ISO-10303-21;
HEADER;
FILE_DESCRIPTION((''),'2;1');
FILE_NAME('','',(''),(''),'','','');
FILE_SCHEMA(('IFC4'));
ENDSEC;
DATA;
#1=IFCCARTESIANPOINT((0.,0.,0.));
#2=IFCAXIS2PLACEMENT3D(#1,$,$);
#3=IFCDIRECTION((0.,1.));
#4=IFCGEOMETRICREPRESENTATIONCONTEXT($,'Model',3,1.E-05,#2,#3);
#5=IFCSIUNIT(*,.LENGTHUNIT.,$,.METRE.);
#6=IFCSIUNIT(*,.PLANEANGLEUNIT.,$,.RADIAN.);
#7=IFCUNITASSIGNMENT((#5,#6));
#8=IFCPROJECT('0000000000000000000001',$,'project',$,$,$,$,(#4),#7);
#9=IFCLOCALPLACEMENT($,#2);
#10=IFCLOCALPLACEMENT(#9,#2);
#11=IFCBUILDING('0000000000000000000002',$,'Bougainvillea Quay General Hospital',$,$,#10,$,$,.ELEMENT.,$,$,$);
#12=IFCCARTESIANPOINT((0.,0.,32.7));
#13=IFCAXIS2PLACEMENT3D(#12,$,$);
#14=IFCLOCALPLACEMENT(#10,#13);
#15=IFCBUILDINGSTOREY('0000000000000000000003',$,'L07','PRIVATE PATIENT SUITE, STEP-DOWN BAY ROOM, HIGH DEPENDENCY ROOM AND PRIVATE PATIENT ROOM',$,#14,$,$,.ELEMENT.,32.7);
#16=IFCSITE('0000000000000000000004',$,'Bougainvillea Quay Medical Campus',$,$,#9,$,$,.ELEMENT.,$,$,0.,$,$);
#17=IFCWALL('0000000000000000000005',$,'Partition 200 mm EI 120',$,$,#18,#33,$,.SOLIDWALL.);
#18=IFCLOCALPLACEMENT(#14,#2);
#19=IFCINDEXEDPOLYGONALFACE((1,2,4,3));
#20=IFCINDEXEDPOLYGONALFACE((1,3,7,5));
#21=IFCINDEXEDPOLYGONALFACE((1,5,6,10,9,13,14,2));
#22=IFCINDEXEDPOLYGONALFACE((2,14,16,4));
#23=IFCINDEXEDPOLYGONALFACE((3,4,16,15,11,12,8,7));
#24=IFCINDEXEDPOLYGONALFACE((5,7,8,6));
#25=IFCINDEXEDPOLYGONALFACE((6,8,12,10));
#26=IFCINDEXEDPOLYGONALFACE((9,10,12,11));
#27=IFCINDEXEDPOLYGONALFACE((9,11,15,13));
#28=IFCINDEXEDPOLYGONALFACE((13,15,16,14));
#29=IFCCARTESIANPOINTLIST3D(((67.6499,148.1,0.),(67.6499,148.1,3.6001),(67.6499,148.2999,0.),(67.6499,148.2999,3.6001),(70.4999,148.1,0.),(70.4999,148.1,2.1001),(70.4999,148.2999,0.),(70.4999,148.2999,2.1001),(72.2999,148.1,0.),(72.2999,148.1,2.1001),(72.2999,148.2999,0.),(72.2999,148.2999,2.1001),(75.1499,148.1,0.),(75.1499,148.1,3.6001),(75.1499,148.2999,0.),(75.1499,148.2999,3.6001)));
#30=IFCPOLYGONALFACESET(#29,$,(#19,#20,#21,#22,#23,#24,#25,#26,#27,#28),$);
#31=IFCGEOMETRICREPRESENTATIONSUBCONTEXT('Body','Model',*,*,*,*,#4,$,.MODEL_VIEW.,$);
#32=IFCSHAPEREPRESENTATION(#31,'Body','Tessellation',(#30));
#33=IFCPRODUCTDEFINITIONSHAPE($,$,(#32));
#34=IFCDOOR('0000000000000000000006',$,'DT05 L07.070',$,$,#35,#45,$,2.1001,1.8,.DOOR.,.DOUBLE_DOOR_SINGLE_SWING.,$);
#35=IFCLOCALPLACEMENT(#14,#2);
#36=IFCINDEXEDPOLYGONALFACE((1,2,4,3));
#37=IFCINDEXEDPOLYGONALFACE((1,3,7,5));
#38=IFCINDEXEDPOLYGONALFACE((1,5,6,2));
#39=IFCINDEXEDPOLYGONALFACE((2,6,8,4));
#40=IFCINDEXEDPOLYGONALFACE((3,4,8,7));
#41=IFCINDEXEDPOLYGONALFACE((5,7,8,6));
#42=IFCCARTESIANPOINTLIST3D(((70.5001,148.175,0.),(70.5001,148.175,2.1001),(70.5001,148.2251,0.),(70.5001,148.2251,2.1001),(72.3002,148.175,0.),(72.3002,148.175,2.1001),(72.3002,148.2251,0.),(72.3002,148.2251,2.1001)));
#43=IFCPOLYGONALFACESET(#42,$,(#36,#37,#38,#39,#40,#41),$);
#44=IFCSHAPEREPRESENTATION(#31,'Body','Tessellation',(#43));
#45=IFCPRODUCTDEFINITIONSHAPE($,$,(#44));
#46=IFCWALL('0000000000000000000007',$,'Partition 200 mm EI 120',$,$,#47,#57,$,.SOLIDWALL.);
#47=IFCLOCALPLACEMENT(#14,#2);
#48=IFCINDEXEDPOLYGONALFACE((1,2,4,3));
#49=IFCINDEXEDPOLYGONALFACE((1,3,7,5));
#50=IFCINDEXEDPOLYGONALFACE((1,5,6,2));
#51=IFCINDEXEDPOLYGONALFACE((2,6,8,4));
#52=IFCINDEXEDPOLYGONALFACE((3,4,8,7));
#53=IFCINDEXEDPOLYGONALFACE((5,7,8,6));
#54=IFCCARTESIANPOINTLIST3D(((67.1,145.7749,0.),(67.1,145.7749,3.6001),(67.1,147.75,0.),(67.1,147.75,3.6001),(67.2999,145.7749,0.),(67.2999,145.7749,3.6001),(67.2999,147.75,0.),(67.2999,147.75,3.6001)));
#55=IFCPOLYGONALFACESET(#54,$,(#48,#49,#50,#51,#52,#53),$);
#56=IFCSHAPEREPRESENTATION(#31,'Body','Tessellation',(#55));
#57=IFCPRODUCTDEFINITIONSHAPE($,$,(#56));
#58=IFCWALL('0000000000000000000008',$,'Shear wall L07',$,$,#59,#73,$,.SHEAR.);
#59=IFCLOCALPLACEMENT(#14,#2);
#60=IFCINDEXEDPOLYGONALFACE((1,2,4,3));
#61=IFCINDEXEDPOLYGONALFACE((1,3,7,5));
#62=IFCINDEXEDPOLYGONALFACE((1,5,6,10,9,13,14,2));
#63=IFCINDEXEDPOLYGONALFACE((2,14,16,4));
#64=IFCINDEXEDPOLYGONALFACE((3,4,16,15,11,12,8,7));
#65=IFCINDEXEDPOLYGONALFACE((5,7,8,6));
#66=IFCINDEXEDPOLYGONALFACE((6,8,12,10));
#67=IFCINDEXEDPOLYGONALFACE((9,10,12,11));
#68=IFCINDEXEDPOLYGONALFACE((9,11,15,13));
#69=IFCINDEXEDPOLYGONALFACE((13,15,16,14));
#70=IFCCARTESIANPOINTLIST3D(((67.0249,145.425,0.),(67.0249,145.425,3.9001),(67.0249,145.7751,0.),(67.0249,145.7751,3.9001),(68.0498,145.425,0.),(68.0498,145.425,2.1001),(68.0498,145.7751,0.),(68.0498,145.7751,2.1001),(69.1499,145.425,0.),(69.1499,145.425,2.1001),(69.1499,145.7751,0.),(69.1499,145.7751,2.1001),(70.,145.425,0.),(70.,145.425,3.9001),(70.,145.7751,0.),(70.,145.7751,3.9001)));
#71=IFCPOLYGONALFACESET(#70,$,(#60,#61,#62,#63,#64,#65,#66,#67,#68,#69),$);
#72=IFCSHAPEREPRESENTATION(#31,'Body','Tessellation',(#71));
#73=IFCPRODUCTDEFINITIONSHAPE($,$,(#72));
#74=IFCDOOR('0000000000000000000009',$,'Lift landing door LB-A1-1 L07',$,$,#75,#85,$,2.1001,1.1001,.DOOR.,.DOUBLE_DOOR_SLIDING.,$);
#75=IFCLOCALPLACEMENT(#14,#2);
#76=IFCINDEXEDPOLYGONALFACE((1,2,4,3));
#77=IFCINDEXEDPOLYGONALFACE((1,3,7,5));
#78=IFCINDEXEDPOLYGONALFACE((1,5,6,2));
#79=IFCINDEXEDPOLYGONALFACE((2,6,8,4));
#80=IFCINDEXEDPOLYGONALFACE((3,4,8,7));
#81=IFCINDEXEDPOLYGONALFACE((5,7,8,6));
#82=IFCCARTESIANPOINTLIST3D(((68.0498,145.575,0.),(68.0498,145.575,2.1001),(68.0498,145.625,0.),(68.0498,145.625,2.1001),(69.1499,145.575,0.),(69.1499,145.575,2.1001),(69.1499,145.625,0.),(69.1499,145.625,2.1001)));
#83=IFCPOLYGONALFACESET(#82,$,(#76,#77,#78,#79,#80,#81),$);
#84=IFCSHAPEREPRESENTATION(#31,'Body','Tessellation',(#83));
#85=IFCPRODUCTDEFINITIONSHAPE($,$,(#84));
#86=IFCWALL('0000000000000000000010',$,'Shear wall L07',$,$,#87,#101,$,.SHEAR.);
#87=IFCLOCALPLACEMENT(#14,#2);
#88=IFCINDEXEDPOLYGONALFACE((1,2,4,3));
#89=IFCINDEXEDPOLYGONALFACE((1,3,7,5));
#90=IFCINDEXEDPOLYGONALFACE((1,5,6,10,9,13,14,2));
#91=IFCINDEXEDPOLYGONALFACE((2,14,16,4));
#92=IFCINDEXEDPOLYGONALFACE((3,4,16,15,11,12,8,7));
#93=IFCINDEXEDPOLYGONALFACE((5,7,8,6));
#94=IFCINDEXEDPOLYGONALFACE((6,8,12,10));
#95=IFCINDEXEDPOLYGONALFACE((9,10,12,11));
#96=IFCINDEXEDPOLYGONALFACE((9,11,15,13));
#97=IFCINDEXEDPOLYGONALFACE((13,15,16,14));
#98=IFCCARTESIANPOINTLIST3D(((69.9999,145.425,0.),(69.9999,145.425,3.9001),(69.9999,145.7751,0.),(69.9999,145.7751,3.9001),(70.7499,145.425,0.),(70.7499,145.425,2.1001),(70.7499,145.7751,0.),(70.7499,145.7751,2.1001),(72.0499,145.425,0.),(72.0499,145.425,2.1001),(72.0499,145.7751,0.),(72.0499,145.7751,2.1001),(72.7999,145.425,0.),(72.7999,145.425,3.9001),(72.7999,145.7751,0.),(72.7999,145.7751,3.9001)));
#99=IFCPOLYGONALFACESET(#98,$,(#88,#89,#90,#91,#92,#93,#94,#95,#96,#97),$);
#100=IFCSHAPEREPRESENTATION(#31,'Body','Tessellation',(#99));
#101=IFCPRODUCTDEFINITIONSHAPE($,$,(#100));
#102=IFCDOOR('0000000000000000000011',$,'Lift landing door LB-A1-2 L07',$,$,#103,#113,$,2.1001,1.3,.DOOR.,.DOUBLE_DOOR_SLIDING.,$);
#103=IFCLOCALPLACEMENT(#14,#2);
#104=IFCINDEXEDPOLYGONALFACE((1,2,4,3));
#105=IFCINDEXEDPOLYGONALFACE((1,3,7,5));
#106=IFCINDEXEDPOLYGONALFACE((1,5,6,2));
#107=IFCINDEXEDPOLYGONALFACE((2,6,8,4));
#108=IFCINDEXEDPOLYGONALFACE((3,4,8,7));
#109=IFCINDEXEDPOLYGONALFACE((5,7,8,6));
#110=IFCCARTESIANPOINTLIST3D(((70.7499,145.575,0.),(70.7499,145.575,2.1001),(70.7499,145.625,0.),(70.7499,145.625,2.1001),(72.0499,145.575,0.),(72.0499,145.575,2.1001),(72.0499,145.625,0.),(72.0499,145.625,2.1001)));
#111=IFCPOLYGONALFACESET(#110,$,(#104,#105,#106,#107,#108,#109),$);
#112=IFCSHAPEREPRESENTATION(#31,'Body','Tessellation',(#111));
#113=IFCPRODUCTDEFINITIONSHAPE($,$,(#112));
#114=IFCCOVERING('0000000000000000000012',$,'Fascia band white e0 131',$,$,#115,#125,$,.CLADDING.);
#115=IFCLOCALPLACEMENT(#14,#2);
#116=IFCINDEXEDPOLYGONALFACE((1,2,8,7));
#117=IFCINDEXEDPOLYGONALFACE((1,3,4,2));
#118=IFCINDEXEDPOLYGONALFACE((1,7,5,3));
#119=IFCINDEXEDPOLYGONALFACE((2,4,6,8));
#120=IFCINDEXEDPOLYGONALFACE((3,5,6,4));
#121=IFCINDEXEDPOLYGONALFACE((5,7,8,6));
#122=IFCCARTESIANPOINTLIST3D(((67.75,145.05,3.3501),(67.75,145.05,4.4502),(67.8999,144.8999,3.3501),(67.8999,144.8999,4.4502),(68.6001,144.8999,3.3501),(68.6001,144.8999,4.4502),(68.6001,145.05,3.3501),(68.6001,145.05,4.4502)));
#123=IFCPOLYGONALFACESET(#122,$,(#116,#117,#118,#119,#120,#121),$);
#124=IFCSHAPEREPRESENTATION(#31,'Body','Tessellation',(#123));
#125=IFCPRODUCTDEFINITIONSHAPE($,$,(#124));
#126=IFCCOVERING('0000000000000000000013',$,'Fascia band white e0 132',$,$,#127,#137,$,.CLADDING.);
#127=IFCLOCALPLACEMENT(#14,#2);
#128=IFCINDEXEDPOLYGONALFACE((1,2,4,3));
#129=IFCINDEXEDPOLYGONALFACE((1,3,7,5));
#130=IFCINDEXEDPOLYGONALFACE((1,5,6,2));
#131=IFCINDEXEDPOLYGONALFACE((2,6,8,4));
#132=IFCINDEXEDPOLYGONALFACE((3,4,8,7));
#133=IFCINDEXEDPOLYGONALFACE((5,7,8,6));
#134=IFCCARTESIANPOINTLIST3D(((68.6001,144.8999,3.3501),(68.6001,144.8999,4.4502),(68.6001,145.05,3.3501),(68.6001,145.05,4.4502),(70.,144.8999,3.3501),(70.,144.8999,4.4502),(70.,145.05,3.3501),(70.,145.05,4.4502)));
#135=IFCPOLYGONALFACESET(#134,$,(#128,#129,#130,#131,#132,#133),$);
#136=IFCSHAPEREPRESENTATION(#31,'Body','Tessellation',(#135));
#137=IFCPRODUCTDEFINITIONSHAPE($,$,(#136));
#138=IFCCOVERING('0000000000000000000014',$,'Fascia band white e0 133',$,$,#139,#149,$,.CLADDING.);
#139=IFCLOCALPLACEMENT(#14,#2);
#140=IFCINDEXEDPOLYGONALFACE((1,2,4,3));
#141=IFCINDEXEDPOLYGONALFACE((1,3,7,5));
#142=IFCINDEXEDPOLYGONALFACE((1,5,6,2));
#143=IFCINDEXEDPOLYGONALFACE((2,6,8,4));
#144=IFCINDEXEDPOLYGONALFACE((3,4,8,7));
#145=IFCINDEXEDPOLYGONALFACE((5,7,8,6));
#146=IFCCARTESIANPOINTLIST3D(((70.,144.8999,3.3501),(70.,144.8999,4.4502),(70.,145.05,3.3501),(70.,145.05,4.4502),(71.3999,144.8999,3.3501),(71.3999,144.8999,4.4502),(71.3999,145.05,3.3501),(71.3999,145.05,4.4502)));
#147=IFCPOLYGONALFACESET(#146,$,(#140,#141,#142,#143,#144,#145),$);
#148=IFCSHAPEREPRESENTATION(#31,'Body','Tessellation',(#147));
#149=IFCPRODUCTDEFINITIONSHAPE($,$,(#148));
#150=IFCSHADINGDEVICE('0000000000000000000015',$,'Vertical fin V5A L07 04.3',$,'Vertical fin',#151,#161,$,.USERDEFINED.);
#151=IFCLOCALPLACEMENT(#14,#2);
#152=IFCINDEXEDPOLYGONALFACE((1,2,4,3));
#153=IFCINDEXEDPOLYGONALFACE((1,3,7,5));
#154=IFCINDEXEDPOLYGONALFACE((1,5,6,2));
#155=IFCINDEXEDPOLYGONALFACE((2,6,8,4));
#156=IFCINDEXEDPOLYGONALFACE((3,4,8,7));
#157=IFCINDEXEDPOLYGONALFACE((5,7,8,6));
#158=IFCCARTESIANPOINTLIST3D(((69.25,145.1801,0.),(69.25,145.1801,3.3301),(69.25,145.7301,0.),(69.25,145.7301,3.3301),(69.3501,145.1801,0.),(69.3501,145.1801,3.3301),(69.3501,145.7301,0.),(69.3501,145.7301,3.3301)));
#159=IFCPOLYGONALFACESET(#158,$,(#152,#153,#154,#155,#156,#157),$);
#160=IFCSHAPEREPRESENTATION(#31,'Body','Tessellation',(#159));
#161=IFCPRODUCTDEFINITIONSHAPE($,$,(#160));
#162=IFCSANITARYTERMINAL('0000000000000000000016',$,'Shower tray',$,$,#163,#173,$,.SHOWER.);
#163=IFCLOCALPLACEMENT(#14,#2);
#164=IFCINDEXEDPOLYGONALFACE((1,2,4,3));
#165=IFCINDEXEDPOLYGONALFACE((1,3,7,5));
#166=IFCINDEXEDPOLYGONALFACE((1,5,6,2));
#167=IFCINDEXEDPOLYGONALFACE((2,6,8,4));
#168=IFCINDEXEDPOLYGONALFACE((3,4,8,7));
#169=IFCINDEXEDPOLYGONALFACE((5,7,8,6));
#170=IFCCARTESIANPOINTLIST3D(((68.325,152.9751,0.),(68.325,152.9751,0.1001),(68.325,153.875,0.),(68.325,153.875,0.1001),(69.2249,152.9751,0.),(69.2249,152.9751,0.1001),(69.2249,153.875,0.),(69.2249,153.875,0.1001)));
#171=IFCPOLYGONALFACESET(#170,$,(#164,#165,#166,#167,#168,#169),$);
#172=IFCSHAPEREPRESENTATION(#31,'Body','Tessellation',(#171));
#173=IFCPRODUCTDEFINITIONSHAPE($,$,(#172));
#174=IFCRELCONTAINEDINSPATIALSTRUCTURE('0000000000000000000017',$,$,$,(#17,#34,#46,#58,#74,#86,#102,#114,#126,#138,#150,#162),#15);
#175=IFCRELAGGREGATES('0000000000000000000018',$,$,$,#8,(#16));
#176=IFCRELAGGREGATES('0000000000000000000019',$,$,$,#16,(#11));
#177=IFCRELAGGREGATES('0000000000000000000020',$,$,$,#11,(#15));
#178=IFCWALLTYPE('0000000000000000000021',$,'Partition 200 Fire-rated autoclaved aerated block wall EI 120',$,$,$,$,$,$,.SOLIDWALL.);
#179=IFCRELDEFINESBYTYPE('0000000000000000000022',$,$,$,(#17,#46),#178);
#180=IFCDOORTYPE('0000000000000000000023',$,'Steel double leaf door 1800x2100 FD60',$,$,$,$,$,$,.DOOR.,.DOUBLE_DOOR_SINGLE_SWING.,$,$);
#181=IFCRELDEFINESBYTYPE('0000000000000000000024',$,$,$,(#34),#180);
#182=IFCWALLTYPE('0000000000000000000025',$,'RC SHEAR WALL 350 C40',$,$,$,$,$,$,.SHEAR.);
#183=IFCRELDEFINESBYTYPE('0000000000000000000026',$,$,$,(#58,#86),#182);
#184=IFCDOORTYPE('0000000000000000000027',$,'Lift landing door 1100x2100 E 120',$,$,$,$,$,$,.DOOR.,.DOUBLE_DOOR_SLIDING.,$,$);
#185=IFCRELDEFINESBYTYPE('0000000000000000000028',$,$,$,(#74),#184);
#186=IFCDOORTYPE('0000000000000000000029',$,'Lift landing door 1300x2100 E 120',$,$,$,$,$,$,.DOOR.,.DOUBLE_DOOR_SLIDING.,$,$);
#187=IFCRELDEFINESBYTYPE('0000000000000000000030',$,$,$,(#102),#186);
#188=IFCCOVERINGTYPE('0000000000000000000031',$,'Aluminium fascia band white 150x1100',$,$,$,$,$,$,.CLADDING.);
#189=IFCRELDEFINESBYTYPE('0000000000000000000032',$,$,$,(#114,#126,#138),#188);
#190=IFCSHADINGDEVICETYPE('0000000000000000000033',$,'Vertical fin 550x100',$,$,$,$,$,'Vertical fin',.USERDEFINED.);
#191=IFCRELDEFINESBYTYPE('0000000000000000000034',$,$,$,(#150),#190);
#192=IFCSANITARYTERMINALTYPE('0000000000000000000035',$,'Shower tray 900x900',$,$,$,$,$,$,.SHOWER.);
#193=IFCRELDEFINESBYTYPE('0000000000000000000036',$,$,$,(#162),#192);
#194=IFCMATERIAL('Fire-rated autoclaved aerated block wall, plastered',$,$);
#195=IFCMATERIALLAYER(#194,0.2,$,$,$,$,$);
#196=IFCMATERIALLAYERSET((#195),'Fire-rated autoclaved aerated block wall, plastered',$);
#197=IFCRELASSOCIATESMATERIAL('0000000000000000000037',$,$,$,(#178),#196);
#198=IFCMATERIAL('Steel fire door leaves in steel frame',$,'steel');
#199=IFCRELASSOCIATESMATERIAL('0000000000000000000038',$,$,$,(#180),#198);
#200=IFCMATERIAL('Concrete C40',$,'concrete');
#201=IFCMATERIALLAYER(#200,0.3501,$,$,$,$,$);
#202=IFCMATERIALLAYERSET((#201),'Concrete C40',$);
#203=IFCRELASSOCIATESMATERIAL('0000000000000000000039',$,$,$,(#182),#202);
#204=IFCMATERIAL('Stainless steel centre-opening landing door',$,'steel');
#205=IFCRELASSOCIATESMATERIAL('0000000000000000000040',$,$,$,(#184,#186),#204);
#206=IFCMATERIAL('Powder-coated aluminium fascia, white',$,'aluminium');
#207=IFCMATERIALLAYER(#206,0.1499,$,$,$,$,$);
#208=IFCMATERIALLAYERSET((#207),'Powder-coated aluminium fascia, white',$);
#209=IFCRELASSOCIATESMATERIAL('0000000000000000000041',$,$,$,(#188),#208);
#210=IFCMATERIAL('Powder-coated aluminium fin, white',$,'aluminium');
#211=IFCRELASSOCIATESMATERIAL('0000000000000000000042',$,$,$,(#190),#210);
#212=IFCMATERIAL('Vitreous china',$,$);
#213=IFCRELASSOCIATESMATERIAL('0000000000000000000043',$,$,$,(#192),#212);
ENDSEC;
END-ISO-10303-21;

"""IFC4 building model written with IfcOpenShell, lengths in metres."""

from ifc_helpers import new_model, si_unit, direction, frame, frame_2d, origin, origin_2d, place, context, subcontext, project, spatial, polyline, rectangle, outline, extrude, material, layer, layer_set, material_profile, profile_set, type_object, element, fill, save


model = new_model("IFC4")

# Units and contexts
model_context = context("Model", 3, precision=1e-05, world=origin(), true_north=direction((0.0, 1.0)))
body_context = subcontext(model_context, "Body", "Model", "MODEL_VIEW")
ifc_project = project(units=[si_unit("LENGTHUNIT", "METRE"), si_unit("PLANEANGLEUNIT", "RADIAN")], contexts=[model_context])

# Site, building, storey
site_placement = place(None, origin())
site = spatial("IfcSite", under=ifc_project, at=site_placement, Name="Bougainvillea Quay Medical Campus", CompositionType="ELEMENT", RefElevation=0.0)
building_placement = place(site_placement, origin())
building = spatial("IfcBuilding", under=site, at=building_placement, Name="Bougainvillea Quay General Hospital", CompositionType="ELEMENT")
storey_placement = place(building_placement, frame((0.0, 0.0, 32.7)))
storey = spatial("IfcBuildingStorey", under=building, at=storey_placement, Name="L07", Description="PRIVATE PATIENT SUITE, STEP-DOWN BAY ROOM, HIGH DEPENDENCY ROOM AND PRIVATE PATIENT ROOM", CompositionType="ELEMENT", Elevation=32.7)

# Shared definitions
ifc_material_1 = material(Name="Concrete C40", Category="concrete")

# Wall, opening, door
ifc_material_2 = material(Name="Fire-rated autoclaved aerated block wall, plastered")
ifc_layer_1 = layer(ifc_material_2, 0.2)
ifc_layer_set_1 = layer_set([ifc_layer_1], Name="Fire-rated autoclaved aerated block wall, plastered")
wall_type_1 = type_object("IfcWallType", Name="Partition 200 Fire-rated autoclaved aerated block wall EI 120", PredefinedType="SOLIDWALL", material=ifc_layer_set_1)
wall_1_placement = place(storey_placement, frame((67.6499, 148.2, 0.0), z_axis=(0.0, 0.0, 1.0), x_axis=(1.0, 0.0, 0.0)))
wall_1 = element("IfcWall", 1, at=wall_1_placement, inside=storey, type_object=wall_type_1, Name="Partition 200 mm EI 120", PredefinedType="SOLIDWALL", context=body_context, shape_type="SweptSolid", body=[
    extrude(rectangle(XDim=7.5, YDim=0.2, at=frame_2d((3.75, 0.0))), origin(), (0.0, 0.0, 1.0), 3.6001),
])
opening_1_placement = place(wall_1_placement, frame((2.8501, 0.0, 0.0)))
opening_1 = element("IfcOpeningElement", 2, at=opening_1_placement, cuts=wall_1, PredefinedType="OPENING", context=body_context, shape_type="SweptSolid", body=[
    extrude(rectangle(XDim=1.8, YDim=2.1001, at=frame_2d((0.8999, 1.05))), frame((0.0, 0.1099, 0.0), z_axis=(0.0, -1.0, 0.0), x_axis=(1.0, 0.0, 0.0)), (0.0, 0.0, 1.0), 0.22),
])
ifc_material_3 = material(Name="Steel fire door leaves in steel frame", Category="steel")
door_type_1 = type_object("IfcDoorType", Name="Steel double leaf door 1800x2100 FD60", OperationType="DOUBLE_DOOR_SINGLE_SWING", PredefinedType="DOOR", material=ifc_material_3)
door_1_placement = place(opening_1_placement, frame((1.8, 0.0, 0.0), z_axis=(0.0, 0.0, 1.0), x_axis=(-1.0, 0.0, 0.0)))
door_1 = element("IfcDoor", 3, at=door_1_placement, inside=storey, type_object=door_type_1, Name="DT05 L07.070", OperationType="DOUBLE_DOOR_SINGLE_SWING", OverallHeight=2.1001, OverallWidth=1.8, PredefinedType="DOOR", context=body_context, shape_type="SweptSolid", body=[
    extrude(rectangle(XDim=1.8, YDim=2.1001, at=frame_2d((0.8999, 1.05))), frame((0.0, 0.0249, 0.0), z_axis=(0.0, -1.0, 0.0), x_axis=(1.0, 0.0, 0.0)), (0.0, 0.0, 1.0), 0.05),
])
fill(opening_1, door_1)

# Wall
wall_2_placement = place(storey_placement, frame((67.2, 145.7749, 0.0), z_axis=(0.0, 0.0, 1.0), x_axis=(0.0, 1.0, 0.0)))
element("IfcWall", 4, at=wall_2_placement, inside=storey, type_object=wall_type_1, Name="Partition 200 mm EI 120", PredefinedType="SOLIDWALL", context=body_context, shape_type="SweptSolid", body=[
    extrude(rectangle(XDim=1.9751, YDim=0.2, at=frame_2d((0.9875, 0.0))), origin(), (0.0, 0.0, 1.0), 3.6001),
])

# Walls, openings, doors
ifc_layer_2 = layer(ifc_material_1, 0.3501)
ifc_layer_set_2 = layer_set([ifc_layer_2], Name="Concrete C40")
wall_type_2 = type_object("IfcWallType", Name="RC SHEAR WALL 350 C40", PredefinedType="SHEAR", material=ifc_layer_set_2)
wall_3_placement = place(storey_placement, frame((67.0249, 145.6001, 0.0), z_axis=(0.0, 0.0, 1.0), x_axis=(1.0, 0.0, 0.0)))
wall_3 = element("IfcWall", 5, at=wall_3_placement, inside=storey, type_object=wall_type_2, Name="Shear wall L07", PredefinedType="SHEAR", context=body_context, shape_type="SweptSolid", body=[
    extrude(rectangle(XDim=2.9751, YDim=0.3501, at=frame_2d((1.4875, 0.0))), origin(), (0.0, 0.0, 1.0), 3.9001),
])
opening_2_placement = place(wall_3_placement, frame((1.0249, 0.0, 0.0)))
opening_2 = element("IfcOpeningElement", 6, at=opening_2_placement, cuts=wall_3, PredefinedType="OPENING", context=body_context, shape_type="SweptSolid", body=[
    extrude(rectangle(XDim=1.1001, YDim=2.1001, at=frame_2d((0.55, 1.05))), frame((0.0, 0.1851, 0.0), z_axis=(0.0, -1.0, 0.0), x_axis=(1.0, 0.0, 0.0)), (0.0, 0.0, 1.0), 0.3701),
])
ifc_material_4 = material(Name="Stainless steel centre-opening landing door", Category="steel")
door_type_2 = type_object("IfcDoorType", Name="Lift landing door 1100x2100 E 120", OperationType="DOUBLE_DOOR_SLIDING", PredefinedType="DOOR", material=ifc_material_4)
door_2_placement = place(opening_2_placement, origin())
door_2 = element("IfcDoor", 7, at=door_2_placement, inside=storey, type_object=door_type_2, Name="Lift landing door LB-A1-1 L07", OperationType="DOUBLE_DOOR_SLIDING", OverallHeight=2.1001, OverallWidth=1.1001, PredefinedType="DOOR", context=body_context, shape_type="SweptSolid", body=[
    extrude(rectangle(XDim=1.1001, YDim=2.1001, at=frame_2d((0.55, 1.05))), frame((0.0, 0.0249, 0.0), z_axis=(0.0, -1.0, 0.0), x_axis=(1.0, 0.0, 0.0)), (0.0, 0.0, 1.0), 0.05),
])
fill(opening_2, door_2)
wall_4_placement = place(storey_placement, frame((70.0, 145.6001, 0.0), z_axis=(0.0, 0.0, 1.0), x_axis=(1.0, 0.0, 0.0)))
wall_4 = element("IfcWall", 8, at=wall_4_placement, inside=storey, type_object=wall_type_2, Name="Shear wall L07", PredefinedType="SHEAR", context=body_context, shape_type="SweptSolid", body=[
    extrude(rectangle(XDim=2.8, YDim=0.3501, at=frame_2d((1.3999, 0.0))), origin(), (0.0, 0.0, 1.0), 3.9001),
])
opening_3_placement = place(wall_4_placement, frame((0.75, 0.0, 0.0)))
opening_3 = element("IfcOpeningElement", 9, at=opening_3_placement, cuts=wall_4, PredefinedType="OPENING", context=body_context, shape_type="SweptSolid", body=[
    extrude(rectangle(XDim=1.3, YDim=2.1001, at=frame_2d((0.6499, 1.05))), frame((0.0, 0.1851, 0.0), z_axis=(0.0, -1.0, 0.0), x_axis=(1.0, 0.0, 0.0)), (0.0, 0.0, 1.0), 0.3701),
])
door_type_3 = type_object("IfcDoorType", Name="Lift landing door 1300x2100 E 120", OperationType="DOUBLE_DOOR_SLIDING", PredefinedType="DOOR", material=ifc_material_4)
door_3_placement = place(opening_3_placement, origin())
door_3 = element("IfcDoor", 10, at=door_3_placement, inside=storey, type_object=door_type_3, Name="Lift landing door LB-A1-2 L07", OperationType="DOUBLE_DOOR_SLIDING", OverallHeight=2.1001, OverallWidth=1.3, PredefinedType="DOOR", context=body_context, shape_type="SweptSolid", body=[
    extrude(rectangle(XDim=1.3, YDim=2.1001, at=frame_2d((0.6499, 1.05))), frame((0.0, 0.0249, 0.0), z_axis=(0.0, -1.0, 0.0), x_axis=(1.0, 0.0, 0.0)), (0.0, 0.0, 1.0), 0.05),
])
fill(opening_3, door_3)

# Coverings
ifc_material_5 = material(Name="Powder-coated aluminium fascia, white", Category="aluminium")
ifc_layer_3 = layer(ifc_material_5, 0.1499)
ifc_layer_set_3 = layer_set([ifc_layer_3], Name="Powder-coated aluminium fascia, white")
covering_type = type_object("IfcCoveringType", Name="Aluminium fascia band white 150x1100", PredefinedType="CLADDING", material=ifc_layer_set_3)
covering_placement = place(storey_placement, frame((67.75, 145.05, 3.3501), z_axis=(0.0, 0.0, 1.0), x_axis=(1.0, 0.0, 0.0)))
element("IfcCovering", 11, at=covering_placement, inside=storey, type_object=covering_type, Name="Fascia band white e0 131", PredefinedType="CLADDING", context=body_context, shape_type="SweptSolid", body=[
    extrude(outline(polyline([(0.0, 0.0), (0.8501, 0.0), (0.8501, -0.1501), (0.1499, -0.1501), (0.0, 0.0)])), origin(), (0.0, 0.0, 1.0), 1.1001),
])
for number, where, z_axis, x_axis, name in (
    (12, (68.6001, 145.05, 3.3501), (0.0, 0.0, 1.0), (1.0, 0.0, 0.0), "Fascia band white e0 132"),
    (13, (70.0, 145.05, 3.3501), (0.0, 0.0, 1.0), (1.0, 0.0, 0.0), "Fascia band white e0 133"),
):
    element("IfcCovering", number, at=place(storey_placement, frame(where, z_axis=z_axis, x_axis=x_axis)), inside=storey, type_object=covering_type, Name=name, PredefinedType="CLADDING", context=body_context, shape_type="SweptSolid", body=[
        extrude(outline(polyline([(0.0, 0.0), (1.3999, 0.0), (1.3999, -0.1501), (0.0, -0.1501), (0.0, 0.0)])), origin(), (0.0, 0.0, 1.0), 1.1001),
    ])

# Shading device
ifc_material_6 = material(Name="Powder-coated aluminium fin, white", Category="aluminium")
ifc_material_profile_1 = material_profile(ifc_material_6, rectangle(XDim=0.55, YDim=0.1001, at=origin_2d()))
ifc_profile_set_1 = profile_set([ifc_material_profile_1], Name="Powder-coated aluminium fin, white")
shading_device_type = type_object("IfcShadingDeviceType", Name="Vertical fin 550x100", ElementType="Vertical fin", PredefinedType="USERDEFINED", material=ifc_profile_set_1)
shading_device_placement = place(storey_placement, frame((69.3, 145.4551, 0.0), z_axis=(0.0, 0.0, 1.0), x_axis=(0.0, -1.0, 0.0)))
element("IfcShadingDevice", 14, at=shading_device_placement, inside=storey, type_object=shading_device_type, Name="Vertical fin V5A L07 04.3", ObjectType="Vertical fin", PredefinedType="USERDEFINED", context=body_context, shape_type="SweptSolid", body=[
    extrude(rectangle(XDim=0.55, YDim=0.1001, at=origin_2d()), origin(), (0.0, 0.0, 1.0), 3.3301),
])

# Sanitary terminal
ifc_material_7 = material(Name="Vitreous china")
sanitary_terminal_type_1 = type_object("IfcSanitaryTerminalType", Name="Shower tray 900x900", PredefinedType="SHOWER", material=ifc_material_7)
sanitary_terminal_1_placement = place(storey_placement, frame((68.7749, 153.425, 0.0), z_axis=(0.0, 0.0, 1.0), x_axis=(0.0, -1.0, 0.0)))
element("IfcSanitaryTerminal", 15, at=sanitary_terminal_1_placement, inside=storey, type_object=sanitary_terminal_type_1, Name="Shower tray", PredefinedType="SHOWER", context=body_context, shape_type="SweptSolid", body=[
    extrude(rectangle(XDim=0.8999, YDim=0.8999, at=origin_2d()), origin(), (0.0, 0.0, 1.0), 0.1001),
])

save(model, "model.ifc")
